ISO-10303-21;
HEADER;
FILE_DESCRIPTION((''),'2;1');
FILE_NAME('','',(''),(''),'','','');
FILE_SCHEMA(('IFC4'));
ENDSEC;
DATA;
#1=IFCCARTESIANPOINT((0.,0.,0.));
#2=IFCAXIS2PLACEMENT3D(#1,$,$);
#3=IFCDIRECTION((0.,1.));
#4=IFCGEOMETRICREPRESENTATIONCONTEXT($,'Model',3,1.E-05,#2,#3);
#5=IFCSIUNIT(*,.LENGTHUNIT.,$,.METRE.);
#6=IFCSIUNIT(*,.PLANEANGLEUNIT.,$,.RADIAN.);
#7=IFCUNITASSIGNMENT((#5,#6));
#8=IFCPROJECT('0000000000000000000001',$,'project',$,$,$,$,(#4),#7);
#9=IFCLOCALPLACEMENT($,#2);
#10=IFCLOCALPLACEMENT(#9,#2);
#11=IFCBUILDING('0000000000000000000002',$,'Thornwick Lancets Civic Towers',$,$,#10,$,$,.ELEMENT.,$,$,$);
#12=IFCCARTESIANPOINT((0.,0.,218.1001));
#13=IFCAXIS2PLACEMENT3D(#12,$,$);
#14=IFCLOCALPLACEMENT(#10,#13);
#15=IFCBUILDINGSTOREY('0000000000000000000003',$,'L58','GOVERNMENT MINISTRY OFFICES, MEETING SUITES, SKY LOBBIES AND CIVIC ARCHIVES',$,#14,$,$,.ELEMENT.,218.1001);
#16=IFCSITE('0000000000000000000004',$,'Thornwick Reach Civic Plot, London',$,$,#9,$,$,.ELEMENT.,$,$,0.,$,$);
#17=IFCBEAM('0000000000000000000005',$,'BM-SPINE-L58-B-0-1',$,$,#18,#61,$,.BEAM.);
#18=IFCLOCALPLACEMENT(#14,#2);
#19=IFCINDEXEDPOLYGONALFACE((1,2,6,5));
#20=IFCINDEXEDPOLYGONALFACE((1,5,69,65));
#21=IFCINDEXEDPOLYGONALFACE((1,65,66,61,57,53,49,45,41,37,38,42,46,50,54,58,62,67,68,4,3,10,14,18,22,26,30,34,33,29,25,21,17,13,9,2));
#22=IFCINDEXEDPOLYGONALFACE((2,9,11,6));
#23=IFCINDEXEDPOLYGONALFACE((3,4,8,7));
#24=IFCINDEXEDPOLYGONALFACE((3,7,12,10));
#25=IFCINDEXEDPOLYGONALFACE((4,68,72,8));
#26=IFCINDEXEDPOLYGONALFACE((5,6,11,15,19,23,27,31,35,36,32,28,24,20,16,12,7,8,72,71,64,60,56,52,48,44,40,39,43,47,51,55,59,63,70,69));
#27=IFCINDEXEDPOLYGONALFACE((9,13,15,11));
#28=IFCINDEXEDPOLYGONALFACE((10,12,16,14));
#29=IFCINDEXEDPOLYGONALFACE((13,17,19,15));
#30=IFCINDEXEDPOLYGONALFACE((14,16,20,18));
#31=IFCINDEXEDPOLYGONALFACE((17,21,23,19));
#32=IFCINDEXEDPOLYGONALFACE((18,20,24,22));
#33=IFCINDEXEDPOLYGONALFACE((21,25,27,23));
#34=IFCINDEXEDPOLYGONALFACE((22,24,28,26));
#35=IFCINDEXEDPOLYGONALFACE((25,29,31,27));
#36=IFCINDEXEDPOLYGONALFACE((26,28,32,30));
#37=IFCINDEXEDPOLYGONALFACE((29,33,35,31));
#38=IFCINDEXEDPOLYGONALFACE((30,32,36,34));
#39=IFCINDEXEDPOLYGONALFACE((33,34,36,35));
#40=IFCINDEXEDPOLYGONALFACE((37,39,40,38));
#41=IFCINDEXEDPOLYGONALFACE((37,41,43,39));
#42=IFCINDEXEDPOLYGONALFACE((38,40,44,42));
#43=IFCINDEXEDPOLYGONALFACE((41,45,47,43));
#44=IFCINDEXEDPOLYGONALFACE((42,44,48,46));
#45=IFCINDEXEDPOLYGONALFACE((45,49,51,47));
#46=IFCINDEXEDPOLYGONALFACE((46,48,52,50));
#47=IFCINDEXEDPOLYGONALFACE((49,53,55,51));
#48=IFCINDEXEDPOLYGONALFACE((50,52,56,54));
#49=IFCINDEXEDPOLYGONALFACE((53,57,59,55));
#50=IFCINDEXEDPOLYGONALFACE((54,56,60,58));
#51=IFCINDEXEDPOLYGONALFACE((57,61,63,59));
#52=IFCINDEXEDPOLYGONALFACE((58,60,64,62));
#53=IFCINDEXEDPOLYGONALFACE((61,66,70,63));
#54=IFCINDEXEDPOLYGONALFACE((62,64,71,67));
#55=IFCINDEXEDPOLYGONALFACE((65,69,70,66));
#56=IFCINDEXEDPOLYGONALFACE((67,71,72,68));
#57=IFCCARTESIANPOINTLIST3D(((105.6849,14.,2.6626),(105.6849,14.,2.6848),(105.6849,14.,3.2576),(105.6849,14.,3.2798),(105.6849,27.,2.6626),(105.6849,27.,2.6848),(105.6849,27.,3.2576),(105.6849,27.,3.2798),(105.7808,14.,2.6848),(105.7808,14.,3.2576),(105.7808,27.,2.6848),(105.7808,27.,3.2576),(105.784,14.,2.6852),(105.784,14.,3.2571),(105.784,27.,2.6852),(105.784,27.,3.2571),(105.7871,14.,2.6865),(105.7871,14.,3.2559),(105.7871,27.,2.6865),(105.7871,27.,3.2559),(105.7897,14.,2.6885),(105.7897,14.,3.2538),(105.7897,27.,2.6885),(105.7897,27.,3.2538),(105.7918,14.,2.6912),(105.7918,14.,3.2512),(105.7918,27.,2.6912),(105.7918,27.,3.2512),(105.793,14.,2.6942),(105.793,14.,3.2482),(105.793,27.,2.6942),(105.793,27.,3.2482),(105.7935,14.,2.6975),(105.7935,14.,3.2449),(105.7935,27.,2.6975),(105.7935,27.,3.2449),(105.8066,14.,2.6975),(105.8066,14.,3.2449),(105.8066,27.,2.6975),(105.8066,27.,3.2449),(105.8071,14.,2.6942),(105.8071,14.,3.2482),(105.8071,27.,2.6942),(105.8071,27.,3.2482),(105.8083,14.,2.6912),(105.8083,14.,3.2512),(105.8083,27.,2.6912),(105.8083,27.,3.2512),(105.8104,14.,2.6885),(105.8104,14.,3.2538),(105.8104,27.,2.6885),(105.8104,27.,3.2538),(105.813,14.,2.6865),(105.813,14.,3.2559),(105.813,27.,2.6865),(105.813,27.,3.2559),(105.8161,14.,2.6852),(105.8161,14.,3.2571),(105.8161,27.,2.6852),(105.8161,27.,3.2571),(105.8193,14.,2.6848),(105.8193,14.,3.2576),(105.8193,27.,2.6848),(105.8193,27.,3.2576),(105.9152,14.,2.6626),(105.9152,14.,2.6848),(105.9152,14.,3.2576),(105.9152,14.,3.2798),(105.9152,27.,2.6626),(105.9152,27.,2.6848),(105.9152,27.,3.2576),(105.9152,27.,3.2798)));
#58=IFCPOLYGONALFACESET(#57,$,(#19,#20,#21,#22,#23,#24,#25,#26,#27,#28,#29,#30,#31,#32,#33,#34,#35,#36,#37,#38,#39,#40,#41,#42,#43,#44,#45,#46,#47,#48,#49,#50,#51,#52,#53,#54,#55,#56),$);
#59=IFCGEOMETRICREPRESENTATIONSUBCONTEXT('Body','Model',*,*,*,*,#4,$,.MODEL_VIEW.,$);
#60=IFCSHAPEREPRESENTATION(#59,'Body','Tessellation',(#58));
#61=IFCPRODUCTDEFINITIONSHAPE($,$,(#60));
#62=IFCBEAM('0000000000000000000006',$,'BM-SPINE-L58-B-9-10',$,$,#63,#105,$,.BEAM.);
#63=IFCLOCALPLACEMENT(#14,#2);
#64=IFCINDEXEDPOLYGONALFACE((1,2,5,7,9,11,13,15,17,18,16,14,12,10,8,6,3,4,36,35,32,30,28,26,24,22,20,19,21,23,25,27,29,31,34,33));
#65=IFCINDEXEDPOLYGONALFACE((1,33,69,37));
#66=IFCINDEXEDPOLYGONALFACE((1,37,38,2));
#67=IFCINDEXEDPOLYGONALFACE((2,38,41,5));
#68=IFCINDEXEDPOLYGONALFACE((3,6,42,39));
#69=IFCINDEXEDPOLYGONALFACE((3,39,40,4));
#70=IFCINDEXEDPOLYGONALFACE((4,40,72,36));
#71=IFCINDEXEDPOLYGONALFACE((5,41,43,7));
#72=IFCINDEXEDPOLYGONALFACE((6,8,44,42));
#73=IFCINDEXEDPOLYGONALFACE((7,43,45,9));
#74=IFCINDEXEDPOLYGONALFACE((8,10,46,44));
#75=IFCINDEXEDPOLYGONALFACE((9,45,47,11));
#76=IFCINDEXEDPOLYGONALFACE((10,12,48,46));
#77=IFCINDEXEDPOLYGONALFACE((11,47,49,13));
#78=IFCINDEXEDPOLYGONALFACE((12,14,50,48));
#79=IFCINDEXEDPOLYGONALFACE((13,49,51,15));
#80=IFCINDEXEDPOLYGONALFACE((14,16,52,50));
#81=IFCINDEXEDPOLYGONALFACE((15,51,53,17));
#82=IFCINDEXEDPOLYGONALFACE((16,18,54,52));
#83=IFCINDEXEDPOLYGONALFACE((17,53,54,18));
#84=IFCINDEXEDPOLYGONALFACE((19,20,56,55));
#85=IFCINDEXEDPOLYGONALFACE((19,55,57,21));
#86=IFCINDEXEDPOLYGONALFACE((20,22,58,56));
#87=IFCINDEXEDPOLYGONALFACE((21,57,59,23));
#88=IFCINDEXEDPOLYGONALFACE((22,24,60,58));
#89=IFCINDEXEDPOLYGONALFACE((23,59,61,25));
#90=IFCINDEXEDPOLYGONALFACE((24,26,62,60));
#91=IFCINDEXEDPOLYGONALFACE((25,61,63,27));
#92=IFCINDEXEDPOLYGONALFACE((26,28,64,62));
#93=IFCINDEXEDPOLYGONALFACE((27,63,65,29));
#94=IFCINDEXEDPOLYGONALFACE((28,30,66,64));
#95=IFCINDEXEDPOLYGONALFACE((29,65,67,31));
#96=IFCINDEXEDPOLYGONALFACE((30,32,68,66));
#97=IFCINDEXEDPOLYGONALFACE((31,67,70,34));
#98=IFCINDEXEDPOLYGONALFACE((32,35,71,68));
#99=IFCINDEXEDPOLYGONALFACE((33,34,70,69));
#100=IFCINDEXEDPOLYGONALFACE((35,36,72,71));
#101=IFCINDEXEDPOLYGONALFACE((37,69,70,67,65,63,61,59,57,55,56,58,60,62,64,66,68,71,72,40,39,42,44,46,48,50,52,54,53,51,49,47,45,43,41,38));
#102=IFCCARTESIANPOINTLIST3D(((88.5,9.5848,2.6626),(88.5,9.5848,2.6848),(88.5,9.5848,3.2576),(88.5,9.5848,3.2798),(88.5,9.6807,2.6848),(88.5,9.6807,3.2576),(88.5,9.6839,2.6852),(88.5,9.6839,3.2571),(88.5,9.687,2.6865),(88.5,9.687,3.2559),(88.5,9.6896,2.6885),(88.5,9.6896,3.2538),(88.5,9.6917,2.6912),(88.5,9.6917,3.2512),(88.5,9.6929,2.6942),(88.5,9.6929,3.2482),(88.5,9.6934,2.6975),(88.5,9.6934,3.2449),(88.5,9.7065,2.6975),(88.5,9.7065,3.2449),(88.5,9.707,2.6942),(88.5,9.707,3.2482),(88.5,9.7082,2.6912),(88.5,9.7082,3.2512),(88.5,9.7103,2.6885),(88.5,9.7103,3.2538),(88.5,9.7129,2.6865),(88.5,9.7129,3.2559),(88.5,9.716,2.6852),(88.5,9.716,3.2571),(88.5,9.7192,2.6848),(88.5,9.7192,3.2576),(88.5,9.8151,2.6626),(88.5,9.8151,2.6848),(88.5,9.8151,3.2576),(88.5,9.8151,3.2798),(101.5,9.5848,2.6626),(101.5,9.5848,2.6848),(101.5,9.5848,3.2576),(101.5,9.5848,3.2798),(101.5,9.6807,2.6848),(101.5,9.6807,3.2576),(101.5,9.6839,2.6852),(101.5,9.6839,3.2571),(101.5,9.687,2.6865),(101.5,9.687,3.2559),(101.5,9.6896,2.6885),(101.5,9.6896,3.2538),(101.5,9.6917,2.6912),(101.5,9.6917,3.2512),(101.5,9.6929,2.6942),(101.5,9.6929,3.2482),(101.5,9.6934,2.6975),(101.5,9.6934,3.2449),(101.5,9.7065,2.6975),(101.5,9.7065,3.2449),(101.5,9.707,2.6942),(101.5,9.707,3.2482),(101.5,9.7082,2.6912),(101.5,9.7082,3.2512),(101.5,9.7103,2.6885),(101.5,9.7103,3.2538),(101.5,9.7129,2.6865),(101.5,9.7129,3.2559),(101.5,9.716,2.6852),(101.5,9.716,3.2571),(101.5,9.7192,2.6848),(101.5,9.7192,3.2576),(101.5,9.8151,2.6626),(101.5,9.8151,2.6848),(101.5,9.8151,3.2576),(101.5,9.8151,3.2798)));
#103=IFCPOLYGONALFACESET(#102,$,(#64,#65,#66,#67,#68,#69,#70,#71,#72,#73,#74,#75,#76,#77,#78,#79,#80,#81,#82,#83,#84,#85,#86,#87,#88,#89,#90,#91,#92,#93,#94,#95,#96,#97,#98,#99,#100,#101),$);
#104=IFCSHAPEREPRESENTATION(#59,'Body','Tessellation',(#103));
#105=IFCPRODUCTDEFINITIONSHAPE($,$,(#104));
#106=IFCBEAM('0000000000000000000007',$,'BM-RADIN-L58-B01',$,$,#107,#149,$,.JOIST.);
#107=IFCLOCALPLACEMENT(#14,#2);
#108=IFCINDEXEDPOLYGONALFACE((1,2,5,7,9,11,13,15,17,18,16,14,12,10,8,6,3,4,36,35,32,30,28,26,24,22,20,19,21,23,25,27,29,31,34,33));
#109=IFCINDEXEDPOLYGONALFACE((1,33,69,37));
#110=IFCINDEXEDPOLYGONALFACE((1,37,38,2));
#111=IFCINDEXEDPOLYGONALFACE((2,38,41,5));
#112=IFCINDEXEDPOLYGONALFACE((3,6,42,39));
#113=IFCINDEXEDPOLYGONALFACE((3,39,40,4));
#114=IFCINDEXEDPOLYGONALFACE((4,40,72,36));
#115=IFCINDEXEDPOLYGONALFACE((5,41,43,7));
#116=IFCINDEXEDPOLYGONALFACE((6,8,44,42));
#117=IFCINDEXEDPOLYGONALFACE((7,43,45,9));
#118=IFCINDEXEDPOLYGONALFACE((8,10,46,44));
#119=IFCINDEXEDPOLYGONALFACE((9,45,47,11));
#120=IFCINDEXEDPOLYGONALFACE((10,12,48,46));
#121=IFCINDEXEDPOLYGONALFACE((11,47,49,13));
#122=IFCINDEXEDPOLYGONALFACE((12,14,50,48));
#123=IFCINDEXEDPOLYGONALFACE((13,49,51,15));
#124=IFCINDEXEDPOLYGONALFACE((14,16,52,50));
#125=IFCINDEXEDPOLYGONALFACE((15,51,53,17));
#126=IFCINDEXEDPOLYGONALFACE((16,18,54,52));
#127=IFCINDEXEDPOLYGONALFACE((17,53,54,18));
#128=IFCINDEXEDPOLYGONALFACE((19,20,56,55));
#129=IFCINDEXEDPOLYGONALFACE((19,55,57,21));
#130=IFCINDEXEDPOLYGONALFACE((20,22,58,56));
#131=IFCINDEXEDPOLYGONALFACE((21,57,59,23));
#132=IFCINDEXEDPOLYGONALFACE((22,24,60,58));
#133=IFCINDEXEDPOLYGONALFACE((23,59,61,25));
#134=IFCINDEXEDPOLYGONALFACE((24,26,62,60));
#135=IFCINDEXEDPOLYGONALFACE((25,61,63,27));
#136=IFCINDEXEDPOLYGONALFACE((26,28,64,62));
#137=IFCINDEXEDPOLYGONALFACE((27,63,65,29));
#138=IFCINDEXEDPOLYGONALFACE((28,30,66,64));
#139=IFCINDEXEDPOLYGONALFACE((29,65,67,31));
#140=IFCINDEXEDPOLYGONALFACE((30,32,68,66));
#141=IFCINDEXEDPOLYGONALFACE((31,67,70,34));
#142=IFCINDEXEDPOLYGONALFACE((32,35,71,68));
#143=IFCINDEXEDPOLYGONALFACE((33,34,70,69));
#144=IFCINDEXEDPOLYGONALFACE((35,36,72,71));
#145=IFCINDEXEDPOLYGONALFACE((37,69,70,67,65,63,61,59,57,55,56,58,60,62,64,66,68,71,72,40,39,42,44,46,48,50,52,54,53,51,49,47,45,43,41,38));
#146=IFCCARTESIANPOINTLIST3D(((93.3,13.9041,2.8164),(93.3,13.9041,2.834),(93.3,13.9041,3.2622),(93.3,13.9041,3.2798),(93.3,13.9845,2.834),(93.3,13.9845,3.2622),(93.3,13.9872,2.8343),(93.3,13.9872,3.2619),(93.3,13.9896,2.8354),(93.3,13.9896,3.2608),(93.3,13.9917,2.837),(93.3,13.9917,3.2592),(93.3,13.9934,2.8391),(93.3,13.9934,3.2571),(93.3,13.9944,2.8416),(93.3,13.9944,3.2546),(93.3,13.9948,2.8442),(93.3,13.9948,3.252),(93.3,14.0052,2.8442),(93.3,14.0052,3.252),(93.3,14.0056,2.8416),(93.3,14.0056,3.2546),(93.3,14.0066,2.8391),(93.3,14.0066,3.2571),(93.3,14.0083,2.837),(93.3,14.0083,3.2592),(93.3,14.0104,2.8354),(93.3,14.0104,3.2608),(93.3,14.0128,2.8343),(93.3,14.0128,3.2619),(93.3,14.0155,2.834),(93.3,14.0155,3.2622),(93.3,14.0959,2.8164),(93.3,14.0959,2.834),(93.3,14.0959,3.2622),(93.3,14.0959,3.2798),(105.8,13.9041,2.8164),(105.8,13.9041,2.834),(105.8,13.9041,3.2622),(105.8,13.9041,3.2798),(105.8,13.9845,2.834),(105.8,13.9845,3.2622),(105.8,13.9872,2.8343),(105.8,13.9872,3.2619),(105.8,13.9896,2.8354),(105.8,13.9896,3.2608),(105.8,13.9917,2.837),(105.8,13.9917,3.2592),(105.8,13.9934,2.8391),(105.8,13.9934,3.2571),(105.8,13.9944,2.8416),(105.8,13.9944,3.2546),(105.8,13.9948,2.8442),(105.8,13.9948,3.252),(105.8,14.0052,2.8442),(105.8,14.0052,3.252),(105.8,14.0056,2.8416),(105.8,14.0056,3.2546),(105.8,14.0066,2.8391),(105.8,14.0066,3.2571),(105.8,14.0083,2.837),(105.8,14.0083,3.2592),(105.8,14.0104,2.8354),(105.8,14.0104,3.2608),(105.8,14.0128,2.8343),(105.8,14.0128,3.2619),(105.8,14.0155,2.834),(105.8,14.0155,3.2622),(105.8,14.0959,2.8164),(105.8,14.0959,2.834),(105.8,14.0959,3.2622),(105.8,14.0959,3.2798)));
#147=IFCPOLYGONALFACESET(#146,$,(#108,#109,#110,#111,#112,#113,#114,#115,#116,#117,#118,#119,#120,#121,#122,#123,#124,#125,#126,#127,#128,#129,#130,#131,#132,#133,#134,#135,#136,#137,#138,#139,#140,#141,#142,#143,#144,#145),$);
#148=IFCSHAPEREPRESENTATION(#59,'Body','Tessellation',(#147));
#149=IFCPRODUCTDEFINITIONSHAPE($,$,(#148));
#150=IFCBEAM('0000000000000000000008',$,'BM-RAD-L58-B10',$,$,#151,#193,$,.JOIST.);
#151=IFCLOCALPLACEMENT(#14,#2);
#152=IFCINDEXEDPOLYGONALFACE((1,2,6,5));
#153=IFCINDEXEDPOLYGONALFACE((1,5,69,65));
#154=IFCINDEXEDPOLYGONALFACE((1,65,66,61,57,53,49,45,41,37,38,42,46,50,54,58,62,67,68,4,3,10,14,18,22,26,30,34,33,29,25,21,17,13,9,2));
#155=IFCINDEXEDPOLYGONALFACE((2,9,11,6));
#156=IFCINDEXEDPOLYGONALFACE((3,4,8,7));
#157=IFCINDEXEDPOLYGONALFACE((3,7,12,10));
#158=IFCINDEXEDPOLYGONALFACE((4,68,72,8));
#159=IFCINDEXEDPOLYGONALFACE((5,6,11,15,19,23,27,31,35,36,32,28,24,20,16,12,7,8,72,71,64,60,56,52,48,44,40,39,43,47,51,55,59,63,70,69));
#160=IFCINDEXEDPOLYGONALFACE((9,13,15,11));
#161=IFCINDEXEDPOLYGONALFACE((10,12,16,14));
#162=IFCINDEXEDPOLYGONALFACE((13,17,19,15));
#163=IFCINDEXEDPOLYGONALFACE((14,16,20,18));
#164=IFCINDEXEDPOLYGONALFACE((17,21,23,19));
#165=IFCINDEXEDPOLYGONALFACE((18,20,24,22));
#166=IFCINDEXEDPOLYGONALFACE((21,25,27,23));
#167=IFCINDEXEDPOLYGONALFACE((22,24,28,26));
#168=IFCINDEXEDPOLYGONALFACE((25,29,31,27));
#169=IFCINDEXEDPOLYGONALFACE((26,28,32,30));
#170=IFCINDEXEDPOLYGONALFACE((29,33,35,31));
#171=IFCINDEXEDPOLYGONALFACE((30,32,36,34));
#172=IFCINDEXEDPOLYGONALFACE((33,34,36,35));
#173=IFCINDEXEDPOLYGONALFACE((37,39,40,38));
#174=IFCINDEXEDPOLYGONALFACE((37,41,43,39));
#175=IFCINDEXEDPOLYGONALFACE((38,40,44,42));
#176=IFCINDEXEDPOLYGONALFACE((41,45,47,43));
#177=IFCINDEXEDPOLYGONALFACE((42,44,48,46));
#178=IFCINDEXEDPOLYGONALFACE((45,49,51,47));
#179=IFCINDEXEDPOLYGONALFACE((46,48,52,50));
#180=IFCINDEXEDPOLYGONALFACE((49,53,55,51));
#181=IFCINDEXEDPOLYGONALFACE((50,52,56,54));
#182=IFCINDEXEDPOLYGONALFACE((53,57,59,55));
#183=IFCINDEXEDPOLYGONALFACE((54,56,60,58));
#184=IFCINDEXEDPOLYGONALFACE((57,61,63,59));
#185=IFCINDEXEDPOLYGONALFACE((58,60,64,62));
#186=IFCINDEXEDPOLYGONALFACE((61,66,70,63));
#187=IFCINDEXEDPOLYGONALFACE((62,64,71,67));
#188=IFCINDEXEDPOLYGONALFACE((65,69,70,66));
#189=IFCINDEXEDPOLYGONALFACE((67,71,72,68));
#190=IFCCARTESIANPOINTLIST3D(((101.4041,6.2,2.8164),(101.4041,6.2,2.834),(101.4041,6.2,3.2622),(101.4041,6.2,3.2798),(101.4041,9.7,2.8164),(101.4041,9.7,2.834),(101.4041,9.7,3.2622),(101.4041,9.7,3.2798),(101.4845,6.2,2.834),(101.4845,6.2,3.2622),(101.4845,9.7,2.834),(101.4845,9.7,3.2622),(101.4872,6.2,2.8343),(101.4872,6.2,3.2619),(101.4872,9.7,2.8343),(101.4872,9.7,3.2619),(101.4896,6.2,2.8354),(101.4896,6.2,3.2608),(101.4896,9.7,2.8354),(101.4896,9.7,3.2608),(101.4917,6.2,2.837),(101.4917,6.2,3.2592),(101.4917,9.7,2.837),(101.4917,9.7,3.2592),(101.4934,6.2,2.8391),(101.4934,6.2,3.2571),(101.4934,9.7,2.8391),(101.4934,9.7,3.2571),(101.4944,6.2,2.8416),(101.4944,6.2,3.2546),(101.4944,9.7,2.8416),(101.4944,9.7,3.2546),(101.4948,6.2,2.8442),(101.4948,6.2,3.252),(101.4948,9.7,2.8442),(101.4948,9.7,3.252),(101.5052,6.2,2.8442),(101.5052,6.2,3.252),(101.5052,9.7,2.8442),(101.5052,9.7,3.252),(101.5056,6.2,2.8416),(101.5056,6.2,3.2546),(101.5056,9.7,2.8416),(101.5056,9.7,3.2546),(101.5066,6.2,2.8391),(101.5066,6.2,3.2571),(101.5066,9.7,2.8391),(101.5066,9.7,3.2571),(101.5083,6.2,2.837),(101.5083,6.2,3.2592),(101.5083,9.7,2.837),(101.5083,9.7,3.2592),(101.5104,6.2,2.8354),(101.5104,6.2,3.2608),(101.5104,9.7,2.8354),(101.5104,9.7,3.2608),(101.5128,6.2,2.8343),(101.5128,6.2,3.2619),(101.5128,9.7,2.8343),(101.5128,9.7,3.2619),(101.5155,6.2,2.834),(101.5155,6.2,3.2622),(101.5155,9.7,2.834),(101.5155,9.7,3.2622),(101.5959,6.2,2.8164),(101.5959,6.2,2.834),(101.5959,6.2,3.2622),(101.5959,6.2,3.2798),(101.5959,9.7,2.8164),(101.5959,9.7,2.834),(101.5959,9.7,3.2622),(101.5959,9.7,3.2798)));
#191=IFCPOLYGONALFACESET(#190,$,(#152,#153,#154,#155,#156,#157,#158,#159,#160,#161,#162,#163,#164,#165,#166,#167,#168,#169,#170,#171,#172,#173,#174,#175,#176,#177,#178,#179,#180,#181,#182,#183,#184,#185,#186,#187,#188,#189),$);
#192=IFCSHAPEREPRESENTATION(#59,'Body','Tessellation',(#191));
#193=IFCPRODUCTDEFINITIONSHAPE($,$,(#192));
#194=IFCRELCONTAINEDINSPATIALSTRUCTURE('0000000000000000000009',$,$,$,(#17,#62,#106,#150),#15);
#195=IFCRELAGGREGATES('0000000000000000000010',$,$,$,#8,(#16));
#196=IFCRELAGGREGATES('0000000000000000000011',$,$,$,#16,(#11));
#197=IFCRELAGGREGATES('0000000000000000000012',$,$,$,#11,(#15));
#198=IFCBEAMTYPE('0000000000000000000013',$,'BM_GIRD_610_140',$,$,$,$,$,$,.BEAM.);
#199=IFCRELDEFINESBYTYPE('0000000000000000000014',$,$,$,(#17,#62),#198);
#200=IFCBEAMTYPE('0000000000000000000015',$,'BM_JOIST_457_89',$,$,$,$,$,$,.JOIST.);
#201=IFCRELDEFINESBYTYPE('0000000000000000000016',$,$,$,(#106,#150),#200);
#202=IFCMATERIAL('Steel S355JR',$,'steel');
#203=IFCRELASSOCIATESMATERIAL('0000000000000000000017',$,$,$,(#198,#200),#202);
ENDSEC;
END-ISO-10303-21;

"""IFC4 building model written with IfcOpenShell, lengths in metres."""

from ifc_helpers import new_model, si_unit, direction, frame, origin, origin_2d, place, context, subcontext, project, spatial, i_section, extrude, material, material_profile, profile_set, type_object, element, save


model = new_model("IFC4")

# Units and contexts
model_context = context("Model", 3, precision=1e-05, world=origin(), true_north=direction((0.0, 1.0)))
body_context = subcontext(model_context, "Body", "Model", "MODEL_VIEW")
ifc_project = project(units=[si_unit("LENGTHUNIT", "METRE"), si_unit("PLANEANGLEUNIT", "RADIAN")], contexts=[model_context])

# Site, building, storey
site_placement = place(None, origin())
site = spatial("IfcSite", under=ifc_project, at=site_placement, Name="Thornwick Reach Civic Plot, London", CompositionType="ELEMENT", RefElevation=0.0)
building_placement = place(site_placement, origin())
building = spatial("IfcBuilding", under=site, at=building_placement, Name="Thornwick Lancets Civic Towers", CompositionType="ELEMENT")
storey_placement = place(building_placement, frame((0.0, 0.0, 218.1001)))
storey = spatial("IfcBuildingStorey", under=building, at=storey_placement, Name="L58", Description="GOVERNMENT MINISTRY OFFICES, MEETING SUITES, SKY LOBBIES AND CIVIC ARCHIVES", CompositionType="ELEMENT", Elevation=218.1001)

# Shared definitions
ifc_material_1 = material(Name="Steel S355JR", Category="steel")

# Beams
ifc_material_profile_1 = material_profile(ifc_material_1, i_section(OverallWidth=0.2302, OverallDepth=0.6172, WebThickness=0.0132, FlangeThickness=0.0222, FilletRadius=0.0127, at=origin_2d()), Name="UKB 610x229x140")
ifc_profile_set_1 = profile_set([ifc_material_profile_1], Name="Steel S355JR")
beam_type_1 = type_object("IfcBeamType", Name="BM_GIRD_610_140", PredefinedType="BEAM", material=ifc_profile_set_1)
for number, where, z_axis, x_axis, name in (
    (1, (105.8, 14.0, 2.9712), (0.0, 1.0, 0.0), (-1.0, 0.0, 0.0), "BM-SPINE-L58-B-0-1"),
    (2, (101.5, 9.7, 2.9712), (-1.0, 0.0, 0.0), (0.0, -1.0, 0.0), "BM-SPINE-L58-B-9-10"),
):
    element("IfcBeam", number, at=place(storey_placement, frame(where, z_axis=z_axis, x_axis=x_axis)), inside=storey, type_object=beam_type_1, Name=name, PredefinedType="BEAM", context=body_context, shape_type="SweptSolid", body=[
        extrude(i_section(OverallWidth=0.2302, OverallDepth=0.6172, WebThickness=0.0132, FlangeThickness=0.0222, FilletRadius=0.0127, at=origin_2d()), origin(), (0.0, 0.0, 1.0), 13.0),
    ])
ifc_material_profile_2 = material_profile(ifc_material_1, i_section(OverallWidth=0.1919, OverallDepth=0.4634, WebThickness=0.0105, FlangeThickness=0.0176, FilletRadius=0.0103, at=origin_2d()), Name="UKB 457x191x89")
ifc_profile_set_2 = profile_set([ifc_material_profile_2], Name="Steel S355JR")
beam_type_2 = type_object("IfcBeamType", Name="BM_JOIST_457_89", PredefinedType="JOIST", material=ifc_profile_set_2)
beam_1_placement = place(storey_placement, frame((93.3, 14.0, 3.0481), z_axis=(1.0, 0.0, 0.0), x_axis=(0.0, 1.0, 0.0)))
element("IfcBeam", 3, at=beam_1_placement, inside=storey, type_object=beam_type_2, Name="BM-RADIN-L58-B01", PredefinedType="JOIST", context=body_context, shape_type="SweptSolid", body=[
    extrude(i_section(OverallWidth=0.1919, OverallDepth=0.4634, WebThickness=0.0105, FlangeThickness=0.0176, FilletRadius=0.0103, at=origin_2d()), origin(), (0.0, 0.0, 1.0), 12.5),
])
for number, where, z_axis, x_axis, name in (
    (4, (101.5, 9.7, 3.0481), (0.0, -1.0, 0.0), (1.0, 0.0, 0.0), "BM-RAD-L58-B10"),
):
    element("IfcBeam", number, at=place(storey_placement, frame(where, z_axis=z_axis, x_axis=x_axis)), inside=storey, type_object=beam_type_2, Name=name, PredefinedType="JOIST", context=body_context, shape_type="SweptSolid", body=[
        extrude(i_section(OverallWidth=0.1919, OverallDepth=0.4634, WebThickness=0.0105, FlangeThickness=0.0176, FilletRadius=0.0103, at=origin_2d()), origin(), (0.0, 0.0, 1.0), 3.5),
    ])

save(model, "model.ifc")
